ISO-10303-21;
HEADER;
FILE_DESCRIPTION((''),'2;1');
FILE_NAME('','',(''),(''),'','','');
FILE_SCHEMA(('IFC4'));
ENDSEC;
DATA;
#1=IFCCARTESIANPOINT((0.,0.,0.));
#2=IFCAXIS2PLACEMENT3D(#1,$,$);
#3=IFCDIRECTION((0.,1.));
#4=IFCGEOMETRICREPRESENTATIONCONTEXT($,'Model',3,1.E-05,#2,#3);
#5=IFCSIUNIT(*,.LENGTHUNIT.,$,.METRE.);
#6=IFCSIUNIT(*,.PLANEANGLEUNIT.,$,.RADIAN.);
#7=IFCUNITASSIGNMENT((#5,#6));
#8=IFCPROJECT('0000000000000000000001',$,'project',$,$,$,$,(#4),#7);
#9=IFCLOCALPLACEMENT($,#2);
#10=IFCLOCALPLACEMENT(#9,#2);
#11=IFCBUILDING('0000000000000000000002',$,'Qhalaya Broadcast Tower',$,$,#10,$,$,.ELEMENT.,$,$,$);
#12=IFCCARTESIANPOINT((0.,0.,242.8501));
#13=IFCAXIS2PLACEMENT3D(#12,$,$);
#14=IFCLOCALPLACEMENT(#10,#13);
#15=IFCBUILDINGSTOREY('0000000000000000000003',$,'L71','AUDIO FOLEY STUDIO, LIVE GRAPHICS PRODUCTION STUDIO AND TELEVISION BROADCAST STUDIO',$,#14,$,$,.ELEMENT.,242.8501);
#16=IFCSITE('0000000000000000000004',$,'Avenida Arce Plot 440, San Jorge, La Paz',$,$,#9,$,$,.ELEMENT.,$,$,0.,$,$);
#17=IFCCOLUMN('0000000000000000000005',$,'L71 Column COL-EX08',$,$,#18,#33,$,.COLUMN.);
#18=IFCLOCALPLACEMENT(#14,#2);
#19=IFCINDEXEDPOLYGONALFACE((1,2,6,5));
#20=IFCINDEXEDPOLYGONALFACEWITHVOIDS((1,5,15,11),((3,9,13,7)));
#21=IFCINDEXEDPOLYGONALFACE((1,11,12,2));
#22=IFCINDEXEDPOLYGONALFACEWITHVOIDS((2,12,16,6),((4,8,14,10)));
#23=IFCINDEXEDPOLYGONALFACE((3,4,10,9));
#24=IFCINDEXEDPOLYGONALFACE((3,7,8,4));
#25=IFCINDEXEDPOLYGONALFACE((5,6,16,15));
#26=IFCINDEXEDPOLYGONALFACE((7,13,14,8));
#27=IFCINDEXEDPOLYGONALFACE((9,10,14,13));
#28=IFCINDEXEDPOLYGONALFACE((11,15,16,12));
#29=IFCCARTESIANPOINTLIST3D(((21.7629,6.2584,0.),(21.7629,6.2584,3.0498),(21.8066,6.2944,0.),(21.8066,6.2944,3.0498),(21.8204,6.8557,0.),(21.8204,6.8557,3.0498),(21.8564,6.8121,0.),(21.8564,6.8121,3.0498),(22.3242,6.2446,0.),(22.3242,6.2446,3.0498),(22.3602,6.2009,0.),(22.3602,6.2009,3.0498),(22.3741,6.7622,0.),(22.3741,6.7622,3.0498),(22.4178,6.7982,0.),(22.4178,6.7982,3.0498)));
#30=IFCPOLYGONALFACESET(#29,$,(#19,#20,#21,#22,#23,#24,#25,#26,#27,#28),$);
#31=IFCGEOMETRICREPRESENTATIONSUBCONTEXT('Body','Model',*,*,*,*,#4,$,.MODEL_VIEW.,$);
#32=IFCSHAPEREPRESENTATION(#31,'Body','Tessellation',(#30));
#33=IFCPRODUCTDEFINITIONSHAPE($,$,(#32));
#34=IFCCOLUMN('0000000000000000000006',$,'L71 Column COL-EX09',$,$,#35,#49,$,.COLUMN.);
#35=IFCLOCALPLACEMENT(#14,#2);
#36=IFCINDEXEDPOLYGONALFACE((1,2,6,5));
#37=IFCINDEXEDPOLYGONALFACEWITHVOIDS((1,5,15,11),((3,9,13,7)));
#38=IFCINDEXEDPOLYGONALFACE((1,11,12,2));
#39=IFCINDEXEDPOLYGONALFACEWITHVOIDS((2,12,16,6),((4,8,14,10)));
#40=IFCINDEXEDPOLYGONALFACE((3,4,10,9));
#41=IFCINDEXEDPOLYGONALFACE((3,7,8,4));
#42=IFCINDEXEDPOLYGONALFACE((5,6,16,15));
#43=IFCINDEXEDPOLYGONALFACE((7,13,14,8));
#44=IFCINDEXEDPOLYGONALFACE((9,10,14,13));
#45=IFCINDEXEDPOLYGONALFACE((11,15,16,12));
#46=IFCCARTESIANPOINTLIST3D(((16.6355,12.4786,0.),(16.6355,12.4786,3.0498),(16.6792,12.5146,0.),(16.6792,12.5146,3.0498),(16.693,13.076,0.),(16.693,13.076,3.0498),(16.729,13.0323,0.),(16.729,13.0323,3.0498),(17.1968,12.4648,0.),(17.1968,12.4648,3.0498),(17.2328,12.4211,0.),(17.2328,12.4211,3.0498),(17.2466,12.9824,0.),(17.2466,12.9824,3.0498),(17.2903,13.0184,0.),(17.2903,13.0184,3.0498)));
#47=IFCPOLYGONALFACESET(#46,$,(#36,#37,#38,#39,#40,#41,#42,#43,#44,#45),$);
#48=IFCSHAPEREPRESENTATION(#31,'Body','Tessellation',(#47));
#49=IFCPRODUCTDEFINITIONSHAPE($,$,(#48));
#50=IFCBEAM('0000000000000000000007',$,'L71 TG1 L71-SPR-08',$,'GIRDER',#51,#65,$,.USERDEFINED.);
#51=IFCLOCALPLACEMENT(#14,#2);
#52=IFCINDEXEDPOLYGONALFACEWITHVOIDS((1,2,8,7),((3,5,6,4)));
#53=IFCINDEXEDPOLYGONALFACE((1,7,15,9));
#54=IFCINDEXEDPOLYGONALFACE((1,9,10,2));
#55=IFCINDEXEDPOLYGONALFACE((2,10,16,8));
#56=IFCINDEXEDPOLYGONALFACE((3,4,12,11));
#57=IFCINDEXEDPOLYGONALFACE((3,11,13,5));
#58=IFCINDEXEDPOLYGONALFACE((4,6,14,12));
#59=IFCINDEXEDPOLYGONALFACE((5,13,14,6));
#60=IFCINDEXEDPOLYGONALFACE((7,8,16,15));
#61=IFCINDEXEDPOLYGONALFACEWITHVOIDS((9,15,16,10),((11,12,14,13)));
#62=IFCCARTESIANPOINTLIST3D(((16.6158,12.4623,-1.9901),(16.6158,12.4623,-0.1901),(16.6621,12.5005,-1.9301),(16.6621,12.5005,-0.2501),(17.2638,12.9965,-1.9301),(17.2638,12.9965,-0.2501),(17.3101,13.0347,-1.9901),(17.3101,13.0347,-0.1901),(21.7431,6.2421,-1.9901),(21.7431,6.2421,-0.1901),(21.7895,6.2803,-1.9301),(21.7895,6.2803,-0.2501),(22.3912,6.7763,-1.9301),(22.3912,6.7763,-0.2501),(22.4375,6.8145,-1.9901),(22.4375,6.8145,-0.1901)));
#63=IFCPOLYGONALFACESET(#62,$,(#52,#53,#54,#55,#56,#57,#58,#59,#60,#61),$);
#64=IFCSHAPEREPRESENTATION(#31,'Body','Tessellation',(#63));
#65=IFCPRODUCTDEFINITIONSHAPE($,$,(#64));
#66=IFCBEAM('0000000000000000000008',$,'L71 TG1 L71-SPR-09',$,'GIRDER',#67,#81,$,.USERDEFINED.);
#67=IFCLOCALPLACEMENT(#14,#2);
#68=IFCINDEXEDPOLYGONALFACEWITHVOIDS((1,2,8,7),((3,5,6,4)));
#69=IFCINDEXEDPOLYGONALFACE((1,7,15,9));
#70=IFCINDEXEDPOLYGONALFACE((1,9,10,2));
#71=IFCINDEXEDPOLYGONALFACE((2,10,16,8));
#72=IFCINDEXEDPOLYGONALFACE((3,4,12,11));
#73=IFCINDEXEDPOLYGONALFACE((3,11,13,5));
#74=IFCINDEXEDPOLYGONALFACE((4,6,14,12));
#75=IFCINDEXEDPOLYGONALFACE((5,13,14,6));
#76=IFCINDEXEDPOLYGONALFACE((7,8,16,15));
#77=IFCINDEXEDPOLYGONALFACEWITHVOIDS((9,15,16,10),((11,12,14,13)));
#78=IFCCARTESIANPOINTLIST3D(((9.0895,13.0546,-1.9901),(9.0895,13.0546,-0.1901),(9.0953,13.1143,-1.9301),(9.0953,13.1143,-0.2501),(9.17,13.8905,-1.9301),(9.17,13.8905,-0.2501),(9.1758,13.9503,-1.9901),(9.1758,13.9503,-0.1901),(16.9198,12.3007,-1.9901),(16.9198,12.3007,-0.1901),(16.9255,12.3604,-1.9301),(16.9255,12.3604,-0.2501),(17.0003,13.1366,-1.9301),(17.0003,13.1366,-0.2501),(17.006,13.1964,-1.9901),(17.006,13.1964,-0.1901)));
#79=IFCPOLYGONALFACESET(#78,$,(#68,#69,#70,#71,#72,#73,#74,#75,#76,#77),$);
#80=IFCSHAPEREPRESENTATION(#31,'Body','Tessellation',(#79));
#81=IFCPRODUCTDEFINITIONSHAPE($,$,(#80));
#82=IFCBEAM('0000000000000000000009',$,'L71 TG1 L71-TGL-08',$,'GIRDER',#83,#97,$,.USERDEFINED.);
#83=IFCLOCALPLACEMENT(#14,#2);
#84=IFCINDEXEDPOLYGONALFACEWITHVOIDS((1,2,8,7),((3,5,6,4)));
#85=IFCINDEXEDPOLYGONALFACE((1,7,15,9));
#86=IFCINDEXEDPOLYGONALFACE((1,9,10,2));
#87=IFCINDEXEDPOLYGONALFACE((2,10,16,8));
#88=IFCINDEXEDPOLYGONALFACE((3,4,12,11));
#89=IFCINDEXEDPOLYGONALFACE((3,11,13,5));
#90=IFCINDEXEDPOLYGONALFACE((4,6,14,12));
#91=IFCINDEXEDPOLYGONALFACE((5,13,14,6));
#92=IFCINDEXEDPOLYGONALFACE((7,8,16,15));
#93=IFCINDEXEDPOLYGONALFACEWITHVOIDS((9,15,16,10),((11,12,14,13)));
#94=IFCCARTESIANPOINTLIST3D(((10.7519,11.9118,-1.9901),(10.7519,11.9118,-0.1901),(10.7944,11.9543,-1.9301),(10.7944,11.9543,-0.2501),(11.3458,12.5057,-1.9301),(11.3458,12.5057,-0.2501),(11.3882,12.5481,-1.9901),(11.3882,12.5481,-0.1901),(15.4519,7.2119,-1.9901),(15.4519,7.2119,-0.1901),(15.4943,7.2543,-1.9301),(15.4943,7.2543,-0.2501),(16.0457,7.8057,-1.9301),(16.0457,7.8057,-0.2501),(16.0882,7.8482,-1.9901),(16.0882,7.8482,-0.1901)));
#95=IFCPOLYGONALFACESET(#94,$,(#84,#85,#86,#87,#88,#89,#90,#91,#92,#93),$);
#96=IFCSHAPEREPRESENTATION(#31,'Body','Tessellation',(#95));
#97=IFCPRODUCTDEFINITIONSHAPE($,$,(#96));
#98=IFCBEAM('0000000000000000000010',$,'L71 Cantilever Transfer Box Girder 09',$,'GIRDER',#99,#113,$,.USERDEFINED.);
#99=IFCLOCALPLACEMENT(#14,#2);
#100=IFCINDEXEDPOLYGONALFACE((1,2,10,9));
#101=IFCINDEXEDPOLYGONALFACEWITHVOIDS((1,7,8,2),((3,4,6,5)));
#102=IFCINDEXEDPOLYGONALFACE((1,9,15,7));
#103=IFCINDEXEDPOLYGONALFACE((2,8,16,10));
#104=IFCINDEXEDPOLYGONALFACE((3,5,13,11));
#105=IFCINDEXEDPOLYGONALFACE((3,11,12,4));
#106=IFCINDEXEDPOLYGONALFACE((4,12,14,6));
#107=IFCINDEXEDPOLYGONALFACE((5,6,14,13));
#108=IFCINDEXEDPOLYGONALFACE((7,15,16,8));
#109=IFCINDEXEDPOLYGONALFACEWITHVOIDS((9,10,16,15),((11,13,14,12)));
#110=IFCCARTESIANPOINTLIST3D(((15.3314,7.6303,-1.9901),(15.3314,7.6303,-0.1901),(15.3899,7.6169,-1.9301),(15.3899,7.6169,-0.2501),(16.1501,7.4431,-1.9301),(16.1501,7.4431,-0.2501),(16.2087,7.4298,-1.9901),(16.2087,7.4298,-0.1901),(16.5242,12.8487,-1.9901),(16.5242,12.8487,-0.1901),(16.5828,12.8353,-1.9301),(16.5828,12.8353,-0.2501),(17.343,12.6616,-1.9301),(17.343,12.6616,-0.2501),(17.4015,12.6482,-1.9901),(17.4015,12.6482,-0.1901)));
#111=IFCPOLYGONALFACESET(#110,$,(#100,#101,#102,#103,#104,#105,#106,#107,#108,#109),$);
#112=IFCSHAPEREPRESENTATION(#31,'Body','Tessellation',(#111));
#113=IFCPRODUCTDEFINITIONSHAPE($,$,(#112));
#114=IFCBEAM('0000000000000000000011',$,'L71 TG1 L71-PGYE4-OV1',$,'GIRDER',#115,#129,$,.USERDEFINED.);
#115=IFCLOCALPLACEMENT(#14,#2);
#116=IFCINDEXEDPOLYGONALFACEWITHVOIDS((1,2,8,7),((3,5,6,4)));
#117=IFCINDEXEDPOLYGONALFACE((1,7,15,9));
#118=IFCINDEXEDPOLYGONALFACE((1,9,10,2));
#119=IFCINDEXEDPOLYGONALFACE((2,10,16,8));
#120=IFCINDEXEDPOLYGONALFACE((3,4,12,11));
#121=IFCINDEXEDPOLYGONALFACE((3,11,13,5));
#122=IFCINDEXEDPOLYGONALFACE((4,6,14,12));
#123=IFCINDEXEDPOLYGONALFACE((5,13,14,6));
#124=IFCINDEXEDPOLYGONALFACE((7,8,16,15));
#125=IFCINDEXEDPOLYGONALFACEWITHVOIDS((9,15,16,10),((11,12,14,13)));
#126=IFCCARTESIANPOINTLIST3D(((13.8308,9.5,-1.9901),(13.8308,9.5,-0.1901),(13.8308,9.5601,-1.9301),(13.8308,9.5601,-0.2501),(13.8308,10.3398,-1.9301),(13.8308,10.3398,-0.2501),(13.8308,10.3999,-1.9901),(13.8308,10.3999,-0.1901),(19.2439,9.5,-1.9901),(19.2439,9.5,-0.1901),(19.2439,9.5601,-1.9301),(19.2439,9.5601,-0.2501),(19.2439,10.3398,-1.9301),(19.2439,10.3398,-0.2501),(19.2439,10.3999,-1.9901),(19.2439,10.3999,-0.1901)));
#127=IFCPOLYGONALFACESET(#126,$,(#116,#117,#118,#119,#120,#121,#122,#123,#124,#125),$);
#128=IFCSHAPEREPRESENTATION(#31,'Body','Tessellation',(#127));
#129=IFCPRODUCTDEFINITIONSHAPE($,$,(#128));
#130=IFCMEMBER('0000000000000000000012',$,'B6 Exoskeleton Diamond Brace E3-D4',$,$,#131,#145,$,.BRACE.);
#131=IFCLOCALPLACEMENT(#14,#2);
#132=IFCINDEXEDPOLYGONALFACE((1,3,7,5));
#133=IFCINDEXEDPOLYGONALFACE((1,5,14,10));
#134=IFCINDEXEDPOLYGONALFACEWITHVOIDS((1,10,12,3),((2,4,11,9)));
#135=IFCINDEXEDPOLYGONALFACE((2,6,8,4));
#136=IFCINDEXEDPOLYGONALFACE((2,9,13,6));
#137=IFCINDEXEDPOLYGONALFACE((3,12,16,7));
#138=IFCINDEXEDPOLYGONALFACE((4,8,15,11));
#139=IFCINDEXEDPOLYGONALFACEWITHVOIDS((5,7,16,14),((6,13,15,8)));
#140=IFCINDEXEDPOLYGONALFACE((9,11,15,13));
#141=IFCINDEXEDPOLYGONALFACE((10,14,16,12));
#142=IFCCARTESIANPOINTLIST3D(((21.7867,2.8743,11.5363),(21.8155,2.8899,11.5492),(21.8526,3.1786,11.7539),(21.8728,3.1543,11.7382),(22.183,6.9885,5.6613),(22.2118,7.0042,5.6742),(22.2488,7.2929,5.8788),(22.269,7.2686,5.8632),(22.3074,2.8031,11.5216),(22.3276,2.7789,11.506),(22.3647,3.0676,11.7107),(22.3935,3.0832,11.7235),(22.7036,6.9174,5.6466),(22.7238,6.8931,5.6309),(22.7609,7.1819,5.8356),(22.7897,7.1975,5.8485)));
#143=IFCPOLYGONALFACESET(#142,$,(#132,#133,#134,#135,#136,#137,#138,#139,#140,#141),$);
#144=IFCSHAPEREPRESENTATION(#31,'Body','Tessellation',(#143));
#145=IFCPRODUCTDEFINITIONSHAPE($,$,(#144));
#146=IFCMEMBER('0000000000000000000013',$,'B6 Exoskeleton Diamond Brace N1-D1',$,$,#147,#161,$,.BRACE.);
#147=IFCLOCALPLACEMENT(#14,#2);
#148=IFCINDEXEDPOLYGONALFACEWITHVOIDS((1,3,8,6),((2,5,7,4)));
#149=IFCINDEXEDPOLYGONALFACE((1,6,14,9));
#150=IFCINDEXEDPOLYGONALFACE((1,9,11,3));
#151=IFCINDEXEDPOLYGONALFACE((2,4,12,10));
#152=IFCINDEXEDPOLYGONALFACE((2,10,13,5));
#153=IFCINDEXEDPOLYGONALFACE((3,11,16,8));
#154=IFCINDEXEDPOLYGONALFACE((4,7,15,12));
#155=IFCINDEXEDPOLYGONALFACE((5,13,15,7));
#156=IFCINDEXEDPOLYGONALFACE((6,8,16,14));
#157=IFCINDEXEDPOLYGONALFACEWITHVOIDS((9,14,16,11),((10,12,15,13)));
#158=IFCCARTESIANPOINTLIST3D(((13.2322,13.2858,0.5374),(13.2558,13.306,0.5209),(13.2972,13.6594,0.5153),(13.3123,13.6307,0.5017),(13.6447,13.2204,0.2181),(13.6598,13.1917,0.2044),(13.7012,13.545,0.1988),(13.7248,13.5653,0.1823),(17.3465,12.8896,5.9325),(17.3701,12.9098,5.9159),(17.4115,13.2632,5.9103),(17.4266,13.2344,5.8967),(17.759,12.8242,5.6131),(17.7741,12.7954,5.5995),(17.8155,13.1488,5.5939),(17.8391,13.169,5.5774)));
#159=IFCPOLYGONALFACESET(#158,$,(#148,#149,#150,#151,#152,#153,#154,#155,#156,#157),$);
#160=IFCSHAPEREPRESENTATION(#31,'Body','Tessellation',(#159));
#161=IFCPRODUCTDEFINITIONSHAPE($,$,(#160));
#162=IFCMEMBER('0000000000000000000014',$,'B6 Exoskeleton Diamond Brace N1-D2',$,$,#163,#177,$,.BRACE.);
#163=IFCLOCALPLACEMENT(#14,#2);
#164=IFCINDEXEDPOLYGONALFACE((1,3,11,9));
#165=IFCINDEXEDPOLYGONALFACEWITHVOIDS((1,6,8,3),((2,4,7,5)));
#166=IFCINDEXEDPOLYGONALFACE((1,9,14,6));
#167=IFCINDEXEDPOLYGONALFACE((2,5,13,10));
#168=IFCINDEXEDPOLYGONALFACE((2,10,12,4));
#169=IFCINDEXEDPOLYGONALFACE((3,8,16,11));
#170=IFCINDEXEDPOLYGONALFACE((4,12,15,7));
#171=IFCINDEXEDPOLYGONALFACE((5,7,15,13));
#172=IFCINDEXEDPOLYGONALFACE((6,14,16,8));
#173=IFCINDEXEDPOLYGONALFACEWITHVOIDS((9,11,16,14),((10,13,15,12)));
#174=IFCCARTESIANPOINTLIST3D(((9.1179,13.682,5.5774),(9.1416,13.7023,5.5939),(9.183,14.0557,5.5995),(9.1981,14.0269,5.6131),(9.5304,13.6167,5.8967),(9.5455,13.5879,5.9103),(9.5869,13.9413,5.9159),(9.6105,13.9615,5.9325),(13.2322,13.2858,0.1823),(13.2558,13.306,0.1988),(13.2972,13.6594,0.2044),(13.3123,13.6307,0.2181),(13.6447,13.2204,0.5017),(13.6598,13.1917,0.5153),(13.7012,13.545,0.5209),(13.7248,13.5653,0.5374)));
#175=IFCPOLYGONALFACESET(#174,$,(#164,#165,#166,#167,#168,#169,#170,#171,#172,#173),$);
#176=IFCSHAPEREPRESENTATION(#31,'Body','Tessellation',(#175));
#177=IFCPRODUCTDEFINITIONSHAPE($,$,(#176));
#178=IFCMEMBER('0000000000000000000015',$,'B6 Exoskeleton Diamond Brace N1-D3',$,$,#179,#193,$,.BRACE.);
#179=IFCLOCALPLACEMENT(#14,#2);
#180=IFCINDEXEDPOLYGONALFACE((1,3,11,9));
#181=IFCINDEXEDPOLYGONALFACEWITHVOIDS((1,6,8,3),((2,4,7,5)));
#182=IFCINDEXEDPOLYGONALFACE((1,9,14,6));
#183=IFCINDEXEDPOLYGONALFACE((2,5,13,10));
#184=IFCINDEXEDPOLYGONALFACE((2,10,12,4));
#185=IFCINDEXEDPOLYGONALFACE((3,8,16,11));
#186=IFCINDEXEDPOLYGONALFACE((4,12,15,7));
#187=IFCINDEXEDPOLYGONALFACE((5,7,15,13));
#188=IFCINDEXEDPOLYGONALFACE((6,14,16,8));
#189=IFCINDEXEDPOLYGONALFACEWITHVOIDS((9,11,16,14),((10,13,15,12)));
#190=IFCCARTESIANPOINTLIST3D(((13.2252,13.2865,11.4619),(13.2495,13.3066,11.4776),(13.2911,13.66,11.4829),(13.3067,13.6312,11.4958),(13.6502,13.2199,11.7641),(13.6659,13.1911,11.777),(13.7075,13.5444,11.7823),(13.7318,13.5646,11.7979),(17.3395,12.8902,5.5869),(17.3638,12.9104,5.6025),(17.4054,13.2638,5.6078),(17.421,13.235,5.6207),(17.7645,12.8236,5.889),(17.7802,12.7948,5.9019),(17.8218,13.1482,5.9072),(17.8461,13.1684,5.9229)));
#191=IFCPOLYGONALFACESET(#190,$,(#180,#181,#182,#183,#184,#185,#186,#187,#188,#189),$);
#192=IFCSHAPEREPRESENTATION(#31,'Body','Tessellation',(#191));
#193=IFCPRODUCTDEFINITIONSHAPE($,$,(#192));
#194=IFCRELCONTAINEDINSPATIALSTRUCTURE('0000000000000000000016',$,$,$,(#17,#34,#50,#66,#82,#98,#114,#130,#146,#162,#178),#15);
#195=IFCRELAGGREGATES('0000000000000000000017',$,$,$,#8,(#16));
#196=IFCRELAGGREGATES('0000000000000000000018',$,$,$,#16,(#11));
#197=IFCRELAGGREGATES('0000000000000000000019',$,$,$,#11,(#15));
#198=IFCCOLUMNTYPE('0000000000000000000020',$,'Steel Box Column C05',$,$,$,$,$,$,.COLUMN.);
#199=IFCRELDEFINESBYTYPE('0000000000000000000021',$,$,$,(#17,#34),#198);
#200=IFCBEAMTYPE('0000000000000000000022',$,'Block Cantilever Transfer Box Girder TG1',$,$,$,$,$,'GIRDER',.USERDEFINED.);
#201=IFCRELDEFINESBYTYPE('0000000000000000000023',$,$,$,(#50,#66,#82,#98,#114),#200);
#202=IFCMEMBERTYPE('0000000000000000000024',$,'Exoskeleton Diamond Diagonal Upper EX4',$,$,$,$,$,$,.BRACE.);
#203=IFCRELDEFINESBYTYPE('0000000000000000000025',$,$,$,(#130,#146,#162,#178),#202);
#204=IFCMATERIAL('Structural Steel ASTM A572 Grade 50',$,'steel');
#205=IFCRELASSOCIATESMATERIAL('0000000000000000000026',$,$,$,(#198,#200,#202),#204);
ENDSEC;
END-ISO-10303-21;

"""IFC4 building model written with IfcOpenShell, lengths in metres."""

from ifc_helpers import new_model, si_unit, direction, frame, origin, origin_2d, place, context, subcontext, project, spatial, hollow_rectangle, extrude, material, material_profile, profile_set, type_object, element, save


model = new_model("IFC4")

# Units and contexts
model_context = context("Model", 3, precision=1e-05, world=origin(), true_north=direction((0.0, 1.0)))
body_context = subcontext(model_context, "Body", "Model", "MODEL_VIEW")
ifc_project = project(units=[si_unit("LENGTHUNIT", "METRE"), si_unit("PLANEANGLEUNIT", "RADIAN")], contexts=[model_context])

# Site, building, storey
site_placement = place(None, origin())
site = spatial("IfcSite", under=ifc_project, at=site_placement, Name="Avenida Arce Plot 440, San Jorge, La Paz", CompositionType="ELEMENT", RefElevation=0.0)
building_placement = place(site_placement, origin())
building = spatial("IfcBuilding", under=site, at=building_placement, Name="Qhalaya Broadcast Tower", CompositionType="ELEMENT")
storey_placement = place(building_placement, frame((0.0, 0.0, 242.8501)))
storey = spatial("IfcBuildingStorey", under=building, at=storey_placement, Name="L71", Description="AUDIO FOLEY STUDIO, LIVE GRAPHICS PRODUCTION STUDIO AND TELEVISION BROADCAST STUDIO", CompositionType="ELEMENT", Elevation=242.8501)

# Columns
ifc_material_1 = material(Name="Structural Steel ASTM A572 Grade 50", Category="steel")
ifc_material_profile_1 = material_profile(ifc_material_1, hollow_rectangle(XDim=0.6001, YDim=0.6001, WallThickness=0.04, at=origin_2d()), Name="BOX 600x600x40")
ifc_profile_set_1 = profile_set([ifc_material_profile_1], Name="Structural Steel ASTM A572 Grade 50")
column_type = type_object("IfcColumnType", Name="Steel Box Column C05", PredefinedType="COLUMN", material=ifc_profile_set_1)
for number, where, z_axis, x_axis, name in (
    (1, (22.0903, 6.5283, 0.0), (0.0, 0.0, 1.0), (0.095846, 0.995396, 0.0), "L71 Column COL-EX08"),
    (2, (16.9629, 12.7485, 0.0), (0.0, 0.0, 1.0), (0.995396, -0.095846, 0.0), "L71 Column COL-EX09"),
):
    element("IfcColumn", number, at=place(storey_placement, frame(where, z_axis=z_axis, x_axis=x_axis)), inside=storey, type_object=column_type, Name=name, PredefinedType="COLUMN", context=body_context, shape_type="SweptSolid", body=[
        extrude(hollow_rectangle(XDim=0.6001, YDim=0.6001, WallThickness=0.04, at=origin_2d()), origin(), (0.0, 0.0, 1.0), 3.0498),
    ])

# Beams
ifc_material_profile_2 = material_profile(ifc_material_1, hollow_rectangle(XDim=0.8999, YDim=1.8, WallThickness=0.0601, at=origin_2d()), Name="BOX 900x1800x60")
ifc_profile_set_2 = profile_set([ifc_material_profile_2], Name="Structural Steel ASTM A572 Grade 50")
beam_type = type_object("IfcBeamType", Name="Block Cantilever Transfer Box Girder TG1", ElementType="GIRDER", PredefinedType="USERDEFINED", material=ifc_profile_set_2)
beam_1_placement = place(storey_placement, frame((22.0903, 6.5283, -1.0901), z_axis=(-0.63607, 0.771631, 0.0), x_axis=(-0.771631, -0.63607, 0.0)))
element("IfcBeam", 3, at=beam_1_placement, inside=storey, type_object=beam_type, Name="L71 TG1 L71-SPR-08", ObjectType="GIRDER", PredefinedType="USERDEFINED", context=body_context, shape_type="SweptSolid", body=[
    extrude(hollow_rectangle(XDim=0.8999, YDim=1.8, WallThickness=0.0601, at=origin_2d()), origin(), (0.0, 0.0, 1.0), 8.061),
])
beam_2_placement = place(storey_placement, frame((16.9629, 12.7485, -1.0901), z_axis=(-0.995397, 0.095837, 0.0), x_axis=(-0.095837, -0.995397, 0.0)))
element("IfcBeam", 4, at=beam_2_placement, inside=storey, type_object=beam_type, Name="L71 TG1 L71-SPR-09", ObjectType="GIRDER", PredefinedType="USERDEFINED", context=body_context, shape_type="SweptSolid", body=[
    extrude(hollow_rectangle(XDim=0.8999, YDim=1.8, WallThickness=0.0601, at=origin_2d()), origin(), (0.0, 0.0, 1.0), 7.8665),
])
beam_3_placement = place(storey_placement, frame((15.77, 7.53, -1.0901), z_axis=(-0.707107, 0.707107, 0.0), x_axis=(-0.707107, -0.707107, 0.0)))
element("IfcBeam", 5, at=beam_3_placement, inside=storey, type_object=beam_type, Name="L71 TG1 L71-TGL-08", ObjectType="GIRDER", PredefinedType="USERDEFINED", context=body_context, shape_type="SweptSolid", body=[
    extrude(hollow_rectangle(XDim=0.8999, YDim=1.8, WallThickness=0.0601, at=origin_2d()), origin(), (0.0, 0.0, 1.0), 6.6467),
])
beam_4_placement = place(storey_placement, frame((15.77, 7.53, -1.0901), z_axis=(0.222837, 0.974856, 0.0), x_axis=(-0.974856, 0.222837, 0.0)))
element("IfcBeam", 6, at=beam_4_placement, inside=storey, type_object=beam_type, Name="L71 Cantilever Transfer Box Girder 09", ObjectType="GIRDER", PredefinedType="USERDEFINED", context=body_context, shape_type="SweptSolid", body=[
    extrude(hollow_rectangle(XDim=0.8999, YDim=1.8, WallThickness=0.0601, at=origin_2d()), origin(), (0.0, 0.0, 1.0), 5.353),
])
beam_5_placement = place(storey_placement, frame((13.8308, 9.95, -1.0901), z_axis=(1.0, 0.0, 0.0), x_axis=(0.0, 1.0, 0.0)))
element("IfcBeam", 7, at=beam_5_placement, inside=storey, type_object=beam_type, Name="L71 TG1 L71-PGYE4-OV1", ObjectType="GIRDER", PredefinedType="USERDEFINED", context=body_context, shape_type="SweptSolid", body=[
    extrude(hollow_rectangle(XDim=0.8999, YDim=1.8, WallThickness=0.0601, at=origin_2d()), origin(), (0.0, 0.0, 1.0), 5.4131),
])

# Members
ifc_material_profile_3 = material_profile(ifc_material_1, hollow_rectangle(XDim=0.3799, YDim=0.55, WallThickness=0.0249, at=origin_2d()), Name="BOX 380x550x25")
ifc_profile_set_3 = profile_set([ifc_material_profile_3], Name="Structural Steel ASTM A572 Grade 50")
member_type_1 = type_object("IfcMemberType", Name="Exoskeleton Diamond Diagonal Upper EX4", PredefinedType="BRACE", material=ifc_profile_set_3)
member_1_placement = place(storey_placement, frame((22.4863, 7.093, 5.7549), z_axis=(-0.055161, -0.572753, 0.81787), x_axis=(0.173449, 0.801166, 0.572755)))
element("IfcMember", 8, at=member_1_placement, inside=storey, type_object=member_type_1, Name="B6 Exoskeleton Diamond Brace E3-D4", PredefinedType="BRACE", context=body_context, shape_type="SweptSolid", body=[
    extrude(hollow_rectangle(XDim=0.3799, YDim=0.55, WallThickness=0.0249, at=origin_2d()), origin(), (0.0, 0.0, 1.0), 7.1833),
])
for number, where, z_axis, x_axis, name in (
    (9, (13.4785, 13.4255, 0.3599), (0.605363, -0.058302, 0.793811), (0.171157, 0.983518, -0.05829), "B6 Exoskeleton Diamond Brace N1-D1"),
    (10, (13.4785, 13.4255, 0.3599), (-0.605363, 0.058302, 0.793811), (-0.171157, -0.983518, -0.05829), "B6 Exoskeleton Diamond Brace N1-D2"),
):
    element("IfcMember", number, at=place(storey_placement, frame(where, z_axis=z_axis, x_axis=x_axis)), inside=storey, type_object=member_type_1, Name=name, PredefinedType="BRACE", context=body_context, shape_type="SweptSolid", body=[
        extrude(hollow_rectangle(XDim=0.3799, YDim=0.55, WallThickness=0.0249, at=origin_2d()), origin(), (0.0, 0.0, 1.0), 6.7964),
    ])
member_2_placement = place(storey_placement, frame((17.5928, 13.0293, 5.7549), z_axis=(-0.572753, 0.055161, 0.81787), x_axis=(-0.173452, -0.983297, -0.05515)))
element("IfcMember", 11, at=member_2_placement, inside=storey, type_object=member_type_1, Name="B6 Exoskeleton Diamond Brace N1-D3", PredefinedType="BRACE", context=body_context, shape_type="SweptSolid", body=[
    extrude(hollow_rectangle(XDim=0.3799, YDim=0.55, WallThickness=0.0249, at=origin_2d()), origin(), (0.0, 0.0, 1.0), 7.1833),
])

save(model, "model.ifc")
